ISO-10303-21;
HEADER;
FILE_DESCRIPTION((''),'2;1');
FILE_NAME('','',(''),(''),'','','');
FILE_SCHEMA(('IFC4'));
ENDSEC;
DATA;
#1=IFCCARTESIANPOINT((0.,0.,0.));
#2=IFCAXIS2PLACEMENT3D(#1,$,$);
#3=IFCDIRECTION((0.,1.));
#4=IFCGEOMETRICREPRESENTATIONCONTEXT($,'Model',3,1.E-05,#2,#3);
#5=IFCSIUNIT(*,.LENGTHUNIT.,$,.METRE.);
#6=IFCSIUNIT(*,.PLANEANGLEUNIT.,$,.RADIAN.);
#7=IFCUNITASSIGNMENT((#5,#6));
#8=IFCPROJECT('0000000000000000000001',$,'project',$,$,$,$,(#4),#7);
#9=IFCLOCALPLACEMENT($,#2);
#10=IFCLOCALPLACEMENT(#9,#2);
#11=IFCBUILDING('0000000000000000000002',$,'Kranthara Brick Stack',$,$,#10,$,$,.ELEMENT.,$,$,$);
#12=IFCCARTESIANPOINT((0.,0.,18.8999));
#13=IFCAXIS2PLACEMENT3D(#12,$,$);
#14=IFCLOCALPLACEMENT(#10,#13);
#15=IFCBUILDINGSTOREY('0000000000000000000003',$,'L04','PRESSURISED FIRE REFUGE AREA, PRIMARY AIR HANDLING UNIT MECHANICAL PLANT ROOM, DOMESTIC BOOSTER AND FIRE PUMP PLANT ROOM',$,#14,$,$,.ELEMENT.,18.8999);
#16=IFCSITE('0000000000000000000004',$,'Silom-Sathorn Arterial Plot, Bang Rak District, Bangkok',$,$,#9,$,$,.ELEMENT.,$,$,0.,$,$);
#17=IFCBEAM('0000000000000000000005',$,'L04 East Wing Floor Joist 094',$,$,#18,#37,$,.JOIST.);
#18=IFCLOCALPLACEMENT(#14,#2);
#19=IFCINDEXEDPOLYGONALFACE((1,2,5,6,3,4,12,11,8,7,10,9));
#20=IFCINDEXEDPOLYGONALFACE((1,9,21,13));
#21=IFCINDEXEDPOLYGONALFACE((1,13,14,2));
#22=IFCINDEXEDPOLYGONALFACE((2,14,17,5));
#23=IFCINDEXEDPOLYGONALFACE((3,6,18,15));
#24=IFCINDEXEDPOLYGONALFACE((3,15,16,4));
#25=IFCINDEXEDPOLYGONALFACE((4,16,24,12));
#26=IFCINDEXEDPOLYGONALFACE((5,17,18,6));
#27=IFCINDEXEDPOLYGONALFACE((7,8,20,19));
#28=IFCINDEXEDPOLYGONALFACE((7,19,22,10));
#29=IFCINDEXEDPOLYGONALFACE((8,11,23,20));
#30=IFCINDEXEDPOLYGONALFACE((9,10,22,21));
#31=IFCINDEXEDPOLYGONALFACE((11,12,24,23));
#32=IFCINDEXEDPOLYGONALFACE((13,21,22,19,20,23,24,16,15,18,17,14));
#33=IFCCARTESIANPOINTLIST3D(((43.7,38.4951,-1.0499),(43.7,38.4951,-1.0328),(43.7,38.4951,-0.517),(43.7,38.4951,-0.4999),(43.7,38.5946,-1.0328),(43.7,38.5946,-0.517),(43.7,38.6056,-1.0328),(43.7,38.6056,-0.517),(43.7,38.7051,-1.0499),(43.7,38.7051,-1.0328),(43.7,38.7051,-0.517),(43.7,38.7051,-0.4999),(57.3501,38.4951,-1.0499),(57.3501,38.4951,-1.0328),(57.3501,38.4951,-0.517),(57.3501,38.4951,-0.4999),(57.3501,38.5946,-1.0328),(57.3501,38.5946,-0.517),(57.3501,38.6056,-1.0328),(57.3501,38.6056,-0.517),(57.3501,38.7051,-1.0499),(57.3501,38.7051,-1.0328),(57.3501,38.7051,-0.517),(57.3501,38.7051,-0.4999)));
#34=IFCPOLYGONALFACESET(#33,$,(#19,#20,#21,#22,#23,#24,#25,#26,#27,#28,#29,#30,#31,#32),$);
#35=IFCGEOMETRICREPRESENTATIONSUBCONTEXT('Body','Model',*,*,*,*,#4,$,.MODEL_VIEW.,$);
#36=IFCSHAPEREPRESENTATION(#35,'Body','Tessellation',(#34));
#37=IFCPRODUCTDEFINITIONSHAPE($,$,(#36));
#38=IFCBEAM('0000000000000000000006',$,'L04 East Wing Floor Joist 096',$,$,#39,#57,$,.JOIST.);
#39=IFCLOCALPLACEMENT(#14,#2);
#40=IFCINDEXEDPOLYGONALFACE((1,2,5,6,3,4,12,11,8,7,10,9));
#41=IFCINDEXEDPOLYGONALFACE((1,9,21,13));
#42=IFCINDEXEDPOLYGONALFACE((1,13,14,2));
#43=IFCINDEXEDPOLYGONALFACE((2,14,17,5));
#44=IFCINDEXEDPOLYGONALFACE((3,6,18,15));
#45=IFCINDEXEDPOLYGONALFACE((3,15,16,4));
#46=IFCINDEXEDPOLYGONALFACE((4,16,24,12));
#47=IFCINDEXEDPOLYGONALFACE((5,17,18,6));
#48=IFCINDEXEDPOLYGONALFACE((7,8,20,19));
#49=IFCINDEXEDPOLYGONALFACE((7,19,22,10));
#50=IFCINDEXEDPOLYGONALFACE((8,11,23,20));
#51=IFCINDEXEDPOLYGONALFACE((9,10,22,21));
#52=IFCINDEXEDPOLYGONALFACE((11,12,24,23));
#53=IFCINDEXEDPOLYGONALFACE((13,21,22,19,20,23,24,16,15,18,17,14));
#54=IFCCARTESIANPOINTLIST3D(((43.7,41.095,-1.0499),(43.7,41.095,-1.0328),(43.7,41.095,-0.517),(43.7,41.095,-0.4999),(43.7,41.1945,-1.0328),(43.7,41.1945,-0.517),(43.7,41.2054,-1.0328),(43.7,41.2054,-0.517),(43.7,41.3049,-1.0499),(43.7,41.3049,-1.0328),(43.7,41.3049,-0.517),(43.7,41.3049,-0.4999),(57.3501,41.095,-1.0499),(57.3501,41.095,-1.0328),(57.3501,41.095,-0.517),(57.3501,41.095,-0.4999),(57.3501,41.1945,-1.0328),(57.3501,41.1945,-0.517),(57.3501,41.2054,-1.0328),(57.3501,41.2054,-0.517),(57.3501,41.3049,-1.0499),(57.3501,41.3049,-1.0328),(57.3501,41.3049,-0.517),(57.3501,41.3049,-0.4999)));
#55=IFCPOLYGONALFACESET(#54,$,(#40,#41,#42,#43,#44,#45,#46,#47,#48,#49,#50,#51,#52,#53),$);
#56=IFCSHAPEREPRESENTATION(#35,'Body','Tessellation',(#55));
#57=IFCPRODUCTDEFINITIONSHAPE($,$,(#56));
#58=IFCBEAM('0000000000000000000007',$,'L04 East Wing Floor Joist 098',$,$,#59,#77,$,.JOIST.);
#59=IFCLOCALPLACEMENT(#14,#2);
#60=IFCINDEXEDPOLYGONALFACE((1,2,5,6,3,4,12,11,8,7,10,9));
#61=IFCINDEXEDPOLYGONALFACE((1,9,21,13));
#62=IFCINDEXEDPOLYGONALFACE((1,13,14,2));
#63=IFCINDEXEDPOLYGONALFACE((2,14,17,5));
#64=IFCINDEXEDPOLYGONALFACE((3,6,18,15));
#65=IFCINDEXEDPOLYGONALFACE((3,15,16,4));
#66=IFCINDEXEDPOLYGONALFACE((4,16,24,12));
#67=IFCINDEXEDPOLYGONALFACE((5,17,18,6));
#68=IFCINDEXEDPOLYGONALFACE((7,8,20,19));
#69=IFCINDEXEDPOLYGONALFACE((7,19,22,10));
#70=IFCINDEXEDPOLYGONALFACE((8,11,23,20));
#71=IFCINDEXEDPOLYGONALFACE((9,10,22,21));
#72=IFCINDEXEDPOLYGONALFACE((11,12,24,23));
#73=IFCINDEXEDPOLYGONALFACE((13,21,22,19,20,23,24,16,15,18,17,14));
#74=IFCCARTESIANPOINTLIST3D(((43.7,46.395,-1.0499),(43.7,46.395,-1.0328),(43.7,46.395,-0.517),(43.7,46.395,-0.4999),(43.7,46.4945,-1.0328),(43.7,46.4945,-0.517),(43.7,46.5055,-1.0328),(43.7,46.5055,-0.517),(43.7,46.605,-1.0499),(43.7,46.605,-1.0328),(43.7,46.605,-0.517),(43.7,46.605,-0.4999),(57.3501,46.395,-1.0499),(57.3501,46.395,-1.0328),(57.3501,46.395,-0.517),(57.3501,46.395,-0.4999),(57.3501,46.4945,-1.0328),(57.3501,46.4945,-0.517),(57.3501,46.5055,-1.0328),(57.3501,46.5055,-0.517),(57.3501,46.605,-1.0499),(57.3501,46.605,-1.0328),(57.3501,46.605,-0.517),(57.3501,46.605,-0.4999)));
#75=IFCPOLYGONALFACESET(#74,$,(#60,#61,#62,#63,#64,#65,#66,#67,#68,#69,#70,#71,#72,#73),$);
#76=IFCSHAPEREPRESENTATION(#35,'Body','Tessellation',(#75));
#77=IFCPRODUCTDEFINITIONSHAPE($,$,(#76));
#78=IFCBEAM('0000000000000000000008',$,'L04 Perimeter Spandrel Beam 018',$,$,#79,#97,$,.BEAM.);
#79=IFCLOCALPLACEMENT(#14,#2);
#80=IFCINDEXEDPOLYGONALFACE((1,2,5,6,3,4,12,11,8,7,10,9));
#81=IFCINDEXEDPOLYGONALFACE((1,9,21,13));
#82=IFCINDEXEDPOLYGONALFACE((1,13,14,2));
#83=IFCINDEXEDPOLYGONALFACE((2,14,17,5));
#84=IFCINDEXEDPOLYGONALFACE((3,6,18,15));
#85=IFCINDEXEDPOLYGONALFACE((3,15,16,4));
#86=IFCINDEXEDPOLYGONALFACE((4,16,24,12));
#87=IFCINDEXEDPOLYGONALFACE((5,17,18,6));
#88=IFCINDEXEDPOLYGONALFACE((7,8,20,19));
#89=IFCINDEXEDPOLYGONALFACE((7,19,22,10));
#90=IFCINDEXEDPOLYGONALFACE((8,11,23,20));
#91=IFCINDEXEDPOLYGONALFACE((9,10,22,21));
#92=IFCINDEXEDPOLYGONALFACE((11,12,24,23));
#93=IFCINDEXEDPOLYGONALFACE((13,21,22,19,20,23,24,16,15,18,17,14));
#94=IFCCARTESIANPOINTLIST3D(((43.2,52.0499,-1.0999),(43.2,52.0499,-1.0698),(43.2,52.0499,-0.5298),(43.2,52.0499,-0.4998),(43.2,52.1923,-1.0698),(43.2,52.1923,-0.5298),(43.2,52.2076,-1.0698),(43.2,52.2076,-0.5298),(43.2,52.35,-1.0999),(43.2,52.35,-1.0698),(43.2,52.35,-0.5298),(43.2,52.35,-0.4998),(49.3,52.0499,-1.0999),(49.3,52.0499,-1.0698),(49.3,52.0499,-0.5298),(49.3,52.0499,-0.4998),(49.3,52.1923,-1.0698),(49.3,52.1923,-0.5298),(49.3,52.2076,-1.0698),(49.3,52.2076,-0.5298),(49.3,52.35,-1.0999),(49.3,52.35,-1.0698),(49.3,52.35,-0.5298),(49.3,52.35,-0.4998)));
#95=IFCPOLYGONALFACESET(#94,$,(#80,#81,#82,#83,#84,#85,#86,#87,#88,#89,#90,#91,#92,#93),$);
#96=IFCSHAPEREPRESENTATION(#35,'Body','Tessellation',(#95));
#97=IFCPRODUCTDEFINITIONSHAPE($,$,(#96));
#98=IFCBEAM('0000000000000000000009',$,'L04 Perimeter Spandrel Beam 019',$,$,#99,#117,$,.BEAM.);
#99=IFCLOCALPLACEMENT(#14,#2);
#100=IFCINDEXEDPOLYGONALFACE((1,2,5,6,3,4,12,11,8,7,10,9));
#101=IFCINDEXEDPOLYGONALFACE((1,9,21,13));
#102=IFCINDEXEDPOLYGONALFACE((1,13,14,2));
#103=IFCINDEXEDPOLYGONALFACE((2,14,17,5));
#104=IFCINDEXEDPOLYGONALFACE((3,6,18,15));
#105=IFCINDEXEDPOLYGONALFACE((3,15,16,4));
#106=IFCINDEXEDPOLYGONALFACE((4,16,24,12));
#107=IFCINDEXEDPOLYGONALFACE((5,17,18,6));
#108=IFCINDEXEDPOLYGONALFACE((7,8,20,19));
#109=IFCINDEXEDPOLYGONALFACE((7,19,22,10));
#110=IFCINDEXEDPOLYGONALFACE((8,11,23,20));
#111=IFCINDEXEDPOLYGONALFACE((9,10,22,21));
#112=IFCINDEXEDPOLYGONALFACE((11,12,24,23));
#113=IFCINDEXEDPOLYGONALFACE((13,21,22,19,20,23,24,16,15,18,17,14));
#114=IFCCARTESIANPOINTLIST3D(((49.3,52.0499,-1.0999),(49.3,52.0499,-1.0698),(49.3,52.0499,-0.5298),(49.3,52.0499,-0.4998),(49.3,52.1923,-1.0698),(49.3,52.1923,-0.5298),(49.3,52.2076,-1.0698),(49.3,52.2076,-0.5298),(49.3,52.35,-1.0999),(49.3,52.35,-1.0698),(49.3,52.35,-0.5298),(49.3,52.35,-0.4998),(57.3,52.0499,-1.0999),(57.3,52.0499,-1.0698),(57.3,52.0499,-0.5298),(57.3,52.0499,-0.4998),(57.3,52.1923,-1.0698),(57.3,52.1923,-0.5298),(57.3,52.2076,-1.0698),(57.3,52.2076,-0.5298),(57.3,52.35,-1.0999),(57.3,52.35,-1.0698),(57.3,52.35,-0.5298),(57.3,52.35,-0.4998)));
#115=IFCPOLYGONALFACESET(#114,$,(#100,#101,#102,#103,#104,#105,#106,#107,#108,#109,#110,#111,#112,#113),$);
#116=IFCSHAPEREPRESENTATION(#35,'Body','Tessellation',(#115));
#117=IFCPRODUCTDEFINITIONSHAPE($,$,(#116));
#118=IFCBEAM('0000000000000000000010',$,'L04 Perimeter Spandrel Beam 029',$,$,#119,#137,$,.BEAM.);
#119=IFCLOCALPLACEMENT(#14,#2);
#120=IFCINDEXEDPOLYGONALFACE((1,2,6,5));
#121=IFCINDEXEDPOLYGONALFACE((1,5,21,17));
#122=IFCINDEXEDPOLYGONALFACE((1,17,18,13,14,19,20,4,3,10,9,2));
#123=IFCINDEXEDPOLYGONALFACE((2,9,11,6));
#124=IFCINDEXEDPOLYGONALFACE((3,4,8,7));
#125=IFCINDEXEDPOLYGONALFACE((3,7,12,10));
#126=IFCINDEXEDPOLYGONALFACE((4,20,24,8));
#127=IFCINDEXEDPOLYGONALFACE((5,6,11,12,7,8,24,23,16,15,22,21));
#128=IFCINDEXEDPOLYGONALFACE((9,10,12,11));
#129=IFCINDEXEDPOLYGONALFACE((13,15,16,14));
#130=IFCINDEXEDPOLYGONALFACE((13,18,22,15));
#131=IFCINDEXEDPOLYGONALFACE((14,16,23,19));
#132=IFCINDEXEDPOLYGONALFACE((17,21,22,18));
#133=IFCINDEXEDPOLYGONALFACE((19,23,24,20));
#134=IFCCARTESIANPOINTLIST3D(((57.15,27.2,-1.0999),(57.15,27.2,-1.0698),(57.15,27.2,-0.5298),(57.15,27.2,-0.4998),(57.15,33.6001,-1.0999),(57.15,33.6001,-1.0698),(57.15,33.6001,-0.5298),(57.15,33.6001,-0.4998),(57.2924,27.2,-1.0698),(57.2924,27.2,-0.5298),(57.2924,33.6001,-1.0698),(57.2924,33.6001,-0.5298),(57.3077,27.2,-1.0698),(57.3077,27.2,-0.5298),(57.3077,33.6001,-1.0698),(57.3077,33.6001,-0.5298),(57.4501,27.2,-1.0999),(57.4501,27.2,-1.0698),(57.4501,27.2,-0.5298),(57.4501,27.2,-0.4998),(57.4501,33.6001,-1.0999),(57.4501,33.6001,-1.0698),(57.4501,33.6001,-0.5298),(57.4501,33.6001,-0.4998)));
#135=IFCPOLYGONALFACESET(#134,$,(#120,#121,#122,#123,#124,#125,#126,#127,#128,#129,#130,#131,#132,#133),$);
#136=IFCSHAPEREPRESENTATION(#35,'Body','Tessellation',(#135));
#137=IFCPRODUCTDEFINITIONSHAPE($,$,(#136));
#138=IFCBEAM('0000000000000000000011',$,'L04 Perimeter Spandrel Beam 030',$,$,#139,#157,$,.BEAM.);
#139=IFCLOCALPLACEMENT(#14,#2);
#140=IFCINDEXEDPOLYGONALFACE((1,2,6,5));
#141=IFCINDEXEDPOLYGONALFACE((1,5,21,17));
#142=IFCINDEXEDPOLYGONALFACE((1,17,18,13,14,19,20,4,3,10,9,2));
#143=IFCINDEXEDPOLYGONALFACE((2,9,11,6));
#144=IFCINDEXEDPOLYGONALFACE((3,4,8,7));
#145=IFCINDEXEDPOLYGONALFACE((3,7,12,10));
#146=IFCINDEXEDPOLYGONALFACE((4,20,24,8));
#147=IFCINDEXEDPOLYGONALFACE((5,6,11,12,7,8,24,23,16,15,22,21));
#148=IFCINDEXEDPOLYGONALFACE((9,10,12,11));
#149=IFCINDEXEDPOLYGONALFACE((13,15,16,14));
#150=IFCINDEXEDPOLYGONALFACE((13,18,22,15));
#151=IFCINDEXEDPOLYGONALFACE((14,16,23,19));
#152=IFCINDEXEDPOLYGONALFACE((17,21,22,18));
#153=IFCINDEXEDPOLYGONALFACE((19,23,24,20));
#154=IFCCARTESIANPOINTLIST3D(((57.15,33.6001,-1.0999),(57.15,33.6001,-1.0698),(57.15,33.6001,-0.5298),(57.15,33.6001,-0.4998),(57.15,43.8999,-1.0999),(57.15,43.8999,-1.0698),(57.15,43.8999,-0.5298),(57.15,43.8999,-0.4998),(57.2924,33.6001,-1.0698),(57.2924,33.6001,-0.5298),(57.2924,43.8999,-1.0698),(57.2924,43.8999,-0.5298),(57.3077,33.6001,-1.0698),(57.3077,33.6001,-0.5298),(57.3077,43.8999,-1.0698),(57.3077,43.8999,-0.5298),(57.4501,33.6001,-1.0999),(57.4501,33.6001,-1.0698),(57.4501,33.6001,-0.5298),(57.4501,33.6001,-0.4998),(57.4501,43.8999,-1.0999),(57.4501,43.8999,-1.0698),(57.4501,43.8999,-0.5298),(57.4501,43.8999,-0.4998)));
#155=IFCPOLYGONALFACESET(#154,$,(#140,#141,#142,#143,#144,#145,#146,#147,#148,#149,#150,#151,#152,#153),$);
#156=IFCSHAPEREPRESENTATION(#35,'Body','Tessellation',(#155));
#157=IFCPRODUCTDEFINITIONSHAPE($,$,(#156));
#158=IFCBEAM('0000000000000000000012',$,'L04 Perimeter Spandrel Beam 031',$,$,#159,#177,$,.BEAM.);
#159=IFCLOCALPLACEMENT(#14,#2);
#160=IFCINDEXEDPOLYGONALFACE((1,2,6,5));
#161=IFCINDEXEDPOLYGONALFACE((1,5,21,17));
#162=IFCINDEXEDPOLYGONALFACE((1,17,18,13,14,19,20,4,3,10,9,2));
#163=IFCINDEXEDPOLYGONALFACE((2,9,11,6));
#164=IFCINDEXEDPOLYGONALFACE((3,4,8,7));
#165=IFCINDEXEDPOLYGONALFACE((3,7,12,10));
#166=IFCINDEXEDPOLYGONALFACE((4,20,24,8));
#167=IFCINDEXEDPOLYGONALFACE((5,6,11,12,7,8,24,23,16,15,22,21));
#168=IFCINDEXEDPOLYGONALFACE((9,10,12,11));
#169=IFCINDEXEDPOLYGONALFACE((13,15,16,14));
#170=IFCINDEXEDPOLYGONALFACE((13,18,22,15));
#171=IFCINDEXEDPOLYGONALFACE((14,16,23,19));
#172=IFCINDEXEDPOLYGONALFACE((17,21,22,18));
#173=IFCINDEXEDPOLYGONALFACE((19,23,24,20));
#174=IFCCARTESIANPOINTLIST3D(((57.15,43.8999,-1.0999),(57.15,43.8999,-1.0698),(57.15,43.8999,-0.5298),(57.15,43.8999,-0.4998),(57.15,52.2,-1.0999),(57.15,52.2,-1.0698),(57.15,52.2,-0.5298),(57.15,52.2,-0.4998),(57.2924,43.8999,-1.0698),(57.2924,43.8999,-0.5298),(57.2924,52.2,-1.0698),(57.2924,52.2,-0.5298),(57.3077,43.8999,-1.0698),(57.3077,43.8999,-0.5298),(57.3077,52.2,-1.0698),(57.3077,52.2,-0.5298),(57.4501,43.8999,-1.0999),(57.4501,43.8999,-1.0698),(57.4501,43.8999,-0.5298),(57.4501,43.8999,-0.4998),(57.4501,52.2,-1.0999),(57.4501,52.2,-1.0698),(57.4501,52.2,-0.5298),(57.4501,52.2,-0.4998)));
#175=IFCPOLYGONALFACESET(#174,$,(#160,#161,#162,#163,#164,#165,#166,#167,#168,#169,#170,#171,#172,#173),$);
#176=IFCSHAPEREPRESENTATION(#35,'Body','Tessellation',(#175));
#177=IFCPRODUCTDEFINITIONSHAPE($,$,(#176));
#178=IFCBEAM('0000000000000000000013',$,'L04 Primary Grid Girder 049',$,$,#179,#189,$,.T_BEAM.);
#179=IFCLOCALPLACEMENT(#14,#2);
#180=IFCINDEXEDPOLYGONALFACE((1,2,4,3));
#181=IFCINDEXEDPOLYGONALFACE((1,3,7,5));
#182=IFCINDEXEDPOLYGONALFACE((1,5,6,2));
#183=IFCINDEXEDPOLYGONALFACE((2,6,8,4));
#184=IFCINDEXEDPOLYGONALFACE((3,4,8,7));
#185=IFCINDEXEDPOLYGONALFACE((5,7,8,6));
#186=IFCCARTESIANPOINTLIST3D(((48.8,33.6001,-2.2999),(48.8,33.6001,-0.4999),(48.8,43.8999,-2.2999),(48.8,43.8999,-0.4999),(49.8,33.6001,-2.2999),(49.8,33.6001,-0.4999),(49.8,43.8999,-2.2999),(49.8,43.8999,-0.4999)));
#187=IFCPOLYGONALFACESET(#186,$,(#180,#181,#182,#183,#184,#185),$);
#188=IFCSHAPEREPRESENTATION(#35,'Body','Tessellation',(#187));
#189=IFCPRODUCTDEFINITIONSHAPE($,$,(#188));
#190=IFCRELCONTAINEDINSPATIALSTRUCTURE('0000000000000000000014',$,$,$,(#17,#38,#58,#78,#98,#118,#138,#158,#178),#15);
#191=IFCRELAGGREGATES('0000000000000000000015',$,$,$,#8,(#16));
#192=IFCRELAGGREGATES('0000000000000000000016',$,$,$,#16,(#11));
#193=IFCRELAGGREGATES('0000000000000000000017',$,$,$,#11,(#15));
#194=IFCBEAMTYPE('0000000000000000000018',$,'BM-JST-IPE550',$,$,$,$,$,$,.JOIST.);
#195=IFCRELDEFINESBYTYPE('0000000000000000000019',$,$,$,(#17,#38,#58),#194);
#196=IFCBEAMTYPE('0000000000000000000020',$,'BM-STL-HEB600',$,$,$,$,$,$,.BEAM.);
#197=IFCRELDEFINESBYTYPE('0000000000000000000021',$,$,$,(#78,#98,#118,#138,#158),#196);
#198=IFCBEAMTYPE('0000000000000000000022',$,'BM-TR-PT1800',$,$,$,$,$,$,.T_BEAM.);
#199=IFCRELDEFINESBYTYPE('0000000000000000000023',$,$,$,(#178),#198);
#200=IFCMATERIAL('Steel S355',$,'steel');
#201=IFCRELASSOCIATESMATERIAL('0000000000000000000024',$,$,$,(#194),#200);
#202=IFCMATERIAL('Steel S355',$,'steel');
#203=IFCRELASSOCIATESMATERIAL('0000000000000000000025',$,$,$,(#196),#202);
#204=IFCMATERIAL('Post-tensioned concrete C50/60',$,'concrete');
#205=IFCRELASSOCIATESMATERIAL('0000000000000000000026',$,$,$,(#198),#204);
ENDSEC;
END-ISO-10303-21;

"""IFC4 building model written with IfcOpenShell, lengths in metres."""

from ifc_helpers import new_model, si_unit, direction, frame, origin, origin_2d, place, context, subcontext, project, spatial, rectangle, i_section, extrude, material, material_profile, profile_set, type_object, element, save


model = new_model("IFC4")

# Units and contexts
model_context = context("Model", 3, precision=1e-05, world=origin(), true_north=direction((0.0, 1.0)))
body_context = subcontext(model_context, "Body", "Model", "MODEL_VIEW")
ifc_project = project(units=[si_unit("LENGTHUNIT", "METRE"), si_unit("PLANEANGLEUNIT", "RADIAN")], contexts=[model_context])

# Site, building, storey
site_placement = place(None, origin())
site = spatial("IfcSite", under=ifc_project, at=site_placement, Name="Silom-Sathorn Arterial Plot, Bang Rak District, Bangkok", CompositionType="ELEMENT", RefElevation=0.0)
building_placement = place(site_placement, origin())
building = spatial("IfcBuilding", under=site, at=building_placement, Name="Kranthara Brick Stack", CompositionType="ELEMENT")
storey_placement = place(building_placement, frame((0.0, 0.0, 18.8999)))
storey = spatial("IfcBuildingStorey", under=building, at=storey_placement, Name="L04", Description="PRESSURISED FIRE REFUGE AREA, PRIMARY AIR HANDLING UNIT MECHANICAL PLANT ROOM, DOMESTIC BOOSTER AND FIRE PUMP PLANT ROOM", CompositionType="ELEMENT", Elevation=18.8999)

# Beams
ifc_material_1 = material(Name="Steel S355", Category="steel")
ifc_material_profile_1 = material_profile(ifc_material_1, i_section(OverallWidth=0.21, OverallDepth=0.55, WebThickness=0.011, FlangeThickness=0.0171, at=origin_2d()), Name="IPE 550")
ifc_profile_set_1 = profile_set([ifc_material_profile_1], Name="Steel S355")
beam_type_1 = type_object("IfcBeamType", Name="BM-JST-IPE550", PredefinedType="JOIST", material=ifc_profile_set_1)
for number, where, z_axis, x_axis, name in (
    (1, (43.7, 38.6001, -0.7749), (1.0, 0.0, 0.0), (0.0, 1.0, 0.0), "L04 East Wing Floor Joist 094"),
    (2, (43.7, 41.2, -0.7749), (1.0, 0.0, 0.0), (0.0, 1.0, 0.0), "L04 East Wing Floor Joist 096"),
    (3, (43.7, 46.5, -0.7749), (1.0, 0.0, 0.0), (0.0, 1.0, 0.0), "L04 East Wing Floor Joist 098"),
):
    element("IfcBeam", number, at=place(storey_placement, frame(where, z_axis=z_axis, x_axis=x_axis)), inside=storey, type_object=beam_type_1, Name=name, PredefinedType="JOIST", context=body_context, shape_type="SweptSolid", body=[
        extrude(i_section(OverallWidth=0.21, OverallDepth=0.55, WebThickness=0.011, FlangeThickness=0.0171, at=origin_2d()), origin(), (0.0, 0.0, 1.0), 13.6501),
    ])
ifc_material_2 = material(Name="Steel S355", Category="steel")
ifc_material_profile_2 = material_profile(ifc_material_2, i_section(OverallWidth=0.3, OverallDepth=0.6001, WebThickness=0.0154, FlangeThickness=0.03, at=origin_2d()), Name="HEB 600")
ifc_profile_set_2 = profile_set([ifc_material_profile_2], Name="Steel S355")
beam_type_2 = type_object("IfcBeamType", Name="BM-STL-HEB600", PredefinedType="BEAM", material=ifc_profile_set_2)
beam_1_placement = place(storey_placement, frame((43.2, 52.2, -0.7998), z_axis=(1.0, 0.0, 0.0), x_axis=(0.0, 1.0, 0.0)))
element("IfcBeam", 4, at=beam_1_placement, inside=storey, type_object=beam_type_2, Name="L04 Perimeter Spandrel Beam 018", PredefinedType="BEAM", context=body_context, shape_type="SweptSolid", body=[
    extrude(i_section(OverallWidth=0.3, OverallDepth=0.6001, WebThickness=0.0154, FlangeThickness=0.03, at=origin_2d()), origin(), (0.0, 0.0, 1.0), 6.1001),
])
beam_2_placement = place(storey_placement, frame((49.3, 52.2, -0.7998), z_axis=(1.0, 0.0, 0.0), x_axis=(0.0, 1.0, 0.0)))
element("IfcBeam", 5, at=beam_2_placement, inside=storey, type_object=beam_type_2, Name="L04 Perimeter Spandrel Beam 019", PredefinedType="BEAM", context=body_context, shape_type="SweptSolid", body=[
    extrude(i_section(OverallWidth=0.3, OverallDepth=0.6001, WebThickness=0.0154, FlangeThickness=0.03, at=origin_2d()), origin(), (0.0, 0.0, 1.0), 8.0),
])
beam_3_placement = place(storey_placement, frame((57.3, 27.2, -0.7998), z_axis=(0.0, 1.0, 0.0), x_axis=(-1.0, 0.0, 0.0)))
element("IfcBeam", 6, at=beam_3_placement, inside=storey, type_object=beam_type_2, Name="L04 Perimeter Spandrel Beam 029", PredefinedType="BEAM", context=body_context, shape_type="SweptSolid", body=[
    extrude(i_section(OverallWidth=0.3, OverallDepth=0.6001, WebThickness=0.0154, FlangeThickness=0.03, at=origin_2d()), origin(), (0.0, 0.0, 1.0), 6.4001),
])
beam_4_placement = place(storey_placement, frame((57.3, 33.6001, -0.7998), z_axis=(0.0, 1.0, 0.0), x_axis=(-1.0, 0.0, 0.0)))
element("IfcBeam", 7, at=beam_4_placement, inside=storey, type_object=beam_type_2, Name="L04 Perimeter Spandrel Beam 030", PredefinedType="BEAM", context=body_context, shape_type="SweptSolid", body=[
    extrude(i_section(OverallWidth=0.3, OverallDepth=0.6001, WebThickness=0.0154, FlangeThickness=0.03, at=origin_2d()), origin(), (0.0, 0.0, 1.0), 10.2998),
])
beam_5_placement = place(storey_placement, frame((57.3, 43.8999, -0.7998), z_axis=(0.0, 1.0, 0.0), x_axis=(-1.0, 0.0, 0.0)))
element("IfcBeam", 8, at=beam_5_placement, inside=storey, type_object=beam_type_2, Name="L04 Perimeter Spandrel Beam 031", PredefinedType="BEAM", context=body_context, shape_type="SweptSolid", body=[
    extrude(i_section(OverallWidth=0.3, OverallDepth=0.6001, WebThickness=0.0154, FlangeThickness=0.03, at=origin_2d()), origin(), (0.0, 0.0, 1.0), 8.3),
])
ifc_material_3 = material(Name="Post-tensioned concrete C50/60", Category="concrete")
ifc_material_profile_3 = material_profile(ifc_material_3, rectangle(XDim=1.0, YDim=1.8, at=origin_2d()), Name="PT 1000x1800")
ifc_profile_set_3 = profile_set([ifc_material_profile_3], Name="Post-tensioned concrete C50/60")
beam_type_3 = type_object("IfcBeamType", Name="BM-TR-PT1800", PredefinedType="T_BEAM", material=ifc_profile_set_3)
beam_6_placement = place(storey_placement, frame((49.3, 33.6001, -1.3999), z_axis=(0.0, 1.0, 0.0), x_axis=(-1.0, 0.0, 0.0)))
element("IfcBeam", 9, at=beam_6_placement, inside=storey, type_object=beam_type_3, Name="L04 Primary Grid Girder 049", PredefinedType="T_BEAM", context=body_context, shape_type="SweptSolid", body=[
    extrude(rectangle(XDim=1.0, YDim=1.8, at=origin_2d()), origin(), (0.0, 0.0, 1.0), 10.2998),
])

save(model, "model.ifc")
